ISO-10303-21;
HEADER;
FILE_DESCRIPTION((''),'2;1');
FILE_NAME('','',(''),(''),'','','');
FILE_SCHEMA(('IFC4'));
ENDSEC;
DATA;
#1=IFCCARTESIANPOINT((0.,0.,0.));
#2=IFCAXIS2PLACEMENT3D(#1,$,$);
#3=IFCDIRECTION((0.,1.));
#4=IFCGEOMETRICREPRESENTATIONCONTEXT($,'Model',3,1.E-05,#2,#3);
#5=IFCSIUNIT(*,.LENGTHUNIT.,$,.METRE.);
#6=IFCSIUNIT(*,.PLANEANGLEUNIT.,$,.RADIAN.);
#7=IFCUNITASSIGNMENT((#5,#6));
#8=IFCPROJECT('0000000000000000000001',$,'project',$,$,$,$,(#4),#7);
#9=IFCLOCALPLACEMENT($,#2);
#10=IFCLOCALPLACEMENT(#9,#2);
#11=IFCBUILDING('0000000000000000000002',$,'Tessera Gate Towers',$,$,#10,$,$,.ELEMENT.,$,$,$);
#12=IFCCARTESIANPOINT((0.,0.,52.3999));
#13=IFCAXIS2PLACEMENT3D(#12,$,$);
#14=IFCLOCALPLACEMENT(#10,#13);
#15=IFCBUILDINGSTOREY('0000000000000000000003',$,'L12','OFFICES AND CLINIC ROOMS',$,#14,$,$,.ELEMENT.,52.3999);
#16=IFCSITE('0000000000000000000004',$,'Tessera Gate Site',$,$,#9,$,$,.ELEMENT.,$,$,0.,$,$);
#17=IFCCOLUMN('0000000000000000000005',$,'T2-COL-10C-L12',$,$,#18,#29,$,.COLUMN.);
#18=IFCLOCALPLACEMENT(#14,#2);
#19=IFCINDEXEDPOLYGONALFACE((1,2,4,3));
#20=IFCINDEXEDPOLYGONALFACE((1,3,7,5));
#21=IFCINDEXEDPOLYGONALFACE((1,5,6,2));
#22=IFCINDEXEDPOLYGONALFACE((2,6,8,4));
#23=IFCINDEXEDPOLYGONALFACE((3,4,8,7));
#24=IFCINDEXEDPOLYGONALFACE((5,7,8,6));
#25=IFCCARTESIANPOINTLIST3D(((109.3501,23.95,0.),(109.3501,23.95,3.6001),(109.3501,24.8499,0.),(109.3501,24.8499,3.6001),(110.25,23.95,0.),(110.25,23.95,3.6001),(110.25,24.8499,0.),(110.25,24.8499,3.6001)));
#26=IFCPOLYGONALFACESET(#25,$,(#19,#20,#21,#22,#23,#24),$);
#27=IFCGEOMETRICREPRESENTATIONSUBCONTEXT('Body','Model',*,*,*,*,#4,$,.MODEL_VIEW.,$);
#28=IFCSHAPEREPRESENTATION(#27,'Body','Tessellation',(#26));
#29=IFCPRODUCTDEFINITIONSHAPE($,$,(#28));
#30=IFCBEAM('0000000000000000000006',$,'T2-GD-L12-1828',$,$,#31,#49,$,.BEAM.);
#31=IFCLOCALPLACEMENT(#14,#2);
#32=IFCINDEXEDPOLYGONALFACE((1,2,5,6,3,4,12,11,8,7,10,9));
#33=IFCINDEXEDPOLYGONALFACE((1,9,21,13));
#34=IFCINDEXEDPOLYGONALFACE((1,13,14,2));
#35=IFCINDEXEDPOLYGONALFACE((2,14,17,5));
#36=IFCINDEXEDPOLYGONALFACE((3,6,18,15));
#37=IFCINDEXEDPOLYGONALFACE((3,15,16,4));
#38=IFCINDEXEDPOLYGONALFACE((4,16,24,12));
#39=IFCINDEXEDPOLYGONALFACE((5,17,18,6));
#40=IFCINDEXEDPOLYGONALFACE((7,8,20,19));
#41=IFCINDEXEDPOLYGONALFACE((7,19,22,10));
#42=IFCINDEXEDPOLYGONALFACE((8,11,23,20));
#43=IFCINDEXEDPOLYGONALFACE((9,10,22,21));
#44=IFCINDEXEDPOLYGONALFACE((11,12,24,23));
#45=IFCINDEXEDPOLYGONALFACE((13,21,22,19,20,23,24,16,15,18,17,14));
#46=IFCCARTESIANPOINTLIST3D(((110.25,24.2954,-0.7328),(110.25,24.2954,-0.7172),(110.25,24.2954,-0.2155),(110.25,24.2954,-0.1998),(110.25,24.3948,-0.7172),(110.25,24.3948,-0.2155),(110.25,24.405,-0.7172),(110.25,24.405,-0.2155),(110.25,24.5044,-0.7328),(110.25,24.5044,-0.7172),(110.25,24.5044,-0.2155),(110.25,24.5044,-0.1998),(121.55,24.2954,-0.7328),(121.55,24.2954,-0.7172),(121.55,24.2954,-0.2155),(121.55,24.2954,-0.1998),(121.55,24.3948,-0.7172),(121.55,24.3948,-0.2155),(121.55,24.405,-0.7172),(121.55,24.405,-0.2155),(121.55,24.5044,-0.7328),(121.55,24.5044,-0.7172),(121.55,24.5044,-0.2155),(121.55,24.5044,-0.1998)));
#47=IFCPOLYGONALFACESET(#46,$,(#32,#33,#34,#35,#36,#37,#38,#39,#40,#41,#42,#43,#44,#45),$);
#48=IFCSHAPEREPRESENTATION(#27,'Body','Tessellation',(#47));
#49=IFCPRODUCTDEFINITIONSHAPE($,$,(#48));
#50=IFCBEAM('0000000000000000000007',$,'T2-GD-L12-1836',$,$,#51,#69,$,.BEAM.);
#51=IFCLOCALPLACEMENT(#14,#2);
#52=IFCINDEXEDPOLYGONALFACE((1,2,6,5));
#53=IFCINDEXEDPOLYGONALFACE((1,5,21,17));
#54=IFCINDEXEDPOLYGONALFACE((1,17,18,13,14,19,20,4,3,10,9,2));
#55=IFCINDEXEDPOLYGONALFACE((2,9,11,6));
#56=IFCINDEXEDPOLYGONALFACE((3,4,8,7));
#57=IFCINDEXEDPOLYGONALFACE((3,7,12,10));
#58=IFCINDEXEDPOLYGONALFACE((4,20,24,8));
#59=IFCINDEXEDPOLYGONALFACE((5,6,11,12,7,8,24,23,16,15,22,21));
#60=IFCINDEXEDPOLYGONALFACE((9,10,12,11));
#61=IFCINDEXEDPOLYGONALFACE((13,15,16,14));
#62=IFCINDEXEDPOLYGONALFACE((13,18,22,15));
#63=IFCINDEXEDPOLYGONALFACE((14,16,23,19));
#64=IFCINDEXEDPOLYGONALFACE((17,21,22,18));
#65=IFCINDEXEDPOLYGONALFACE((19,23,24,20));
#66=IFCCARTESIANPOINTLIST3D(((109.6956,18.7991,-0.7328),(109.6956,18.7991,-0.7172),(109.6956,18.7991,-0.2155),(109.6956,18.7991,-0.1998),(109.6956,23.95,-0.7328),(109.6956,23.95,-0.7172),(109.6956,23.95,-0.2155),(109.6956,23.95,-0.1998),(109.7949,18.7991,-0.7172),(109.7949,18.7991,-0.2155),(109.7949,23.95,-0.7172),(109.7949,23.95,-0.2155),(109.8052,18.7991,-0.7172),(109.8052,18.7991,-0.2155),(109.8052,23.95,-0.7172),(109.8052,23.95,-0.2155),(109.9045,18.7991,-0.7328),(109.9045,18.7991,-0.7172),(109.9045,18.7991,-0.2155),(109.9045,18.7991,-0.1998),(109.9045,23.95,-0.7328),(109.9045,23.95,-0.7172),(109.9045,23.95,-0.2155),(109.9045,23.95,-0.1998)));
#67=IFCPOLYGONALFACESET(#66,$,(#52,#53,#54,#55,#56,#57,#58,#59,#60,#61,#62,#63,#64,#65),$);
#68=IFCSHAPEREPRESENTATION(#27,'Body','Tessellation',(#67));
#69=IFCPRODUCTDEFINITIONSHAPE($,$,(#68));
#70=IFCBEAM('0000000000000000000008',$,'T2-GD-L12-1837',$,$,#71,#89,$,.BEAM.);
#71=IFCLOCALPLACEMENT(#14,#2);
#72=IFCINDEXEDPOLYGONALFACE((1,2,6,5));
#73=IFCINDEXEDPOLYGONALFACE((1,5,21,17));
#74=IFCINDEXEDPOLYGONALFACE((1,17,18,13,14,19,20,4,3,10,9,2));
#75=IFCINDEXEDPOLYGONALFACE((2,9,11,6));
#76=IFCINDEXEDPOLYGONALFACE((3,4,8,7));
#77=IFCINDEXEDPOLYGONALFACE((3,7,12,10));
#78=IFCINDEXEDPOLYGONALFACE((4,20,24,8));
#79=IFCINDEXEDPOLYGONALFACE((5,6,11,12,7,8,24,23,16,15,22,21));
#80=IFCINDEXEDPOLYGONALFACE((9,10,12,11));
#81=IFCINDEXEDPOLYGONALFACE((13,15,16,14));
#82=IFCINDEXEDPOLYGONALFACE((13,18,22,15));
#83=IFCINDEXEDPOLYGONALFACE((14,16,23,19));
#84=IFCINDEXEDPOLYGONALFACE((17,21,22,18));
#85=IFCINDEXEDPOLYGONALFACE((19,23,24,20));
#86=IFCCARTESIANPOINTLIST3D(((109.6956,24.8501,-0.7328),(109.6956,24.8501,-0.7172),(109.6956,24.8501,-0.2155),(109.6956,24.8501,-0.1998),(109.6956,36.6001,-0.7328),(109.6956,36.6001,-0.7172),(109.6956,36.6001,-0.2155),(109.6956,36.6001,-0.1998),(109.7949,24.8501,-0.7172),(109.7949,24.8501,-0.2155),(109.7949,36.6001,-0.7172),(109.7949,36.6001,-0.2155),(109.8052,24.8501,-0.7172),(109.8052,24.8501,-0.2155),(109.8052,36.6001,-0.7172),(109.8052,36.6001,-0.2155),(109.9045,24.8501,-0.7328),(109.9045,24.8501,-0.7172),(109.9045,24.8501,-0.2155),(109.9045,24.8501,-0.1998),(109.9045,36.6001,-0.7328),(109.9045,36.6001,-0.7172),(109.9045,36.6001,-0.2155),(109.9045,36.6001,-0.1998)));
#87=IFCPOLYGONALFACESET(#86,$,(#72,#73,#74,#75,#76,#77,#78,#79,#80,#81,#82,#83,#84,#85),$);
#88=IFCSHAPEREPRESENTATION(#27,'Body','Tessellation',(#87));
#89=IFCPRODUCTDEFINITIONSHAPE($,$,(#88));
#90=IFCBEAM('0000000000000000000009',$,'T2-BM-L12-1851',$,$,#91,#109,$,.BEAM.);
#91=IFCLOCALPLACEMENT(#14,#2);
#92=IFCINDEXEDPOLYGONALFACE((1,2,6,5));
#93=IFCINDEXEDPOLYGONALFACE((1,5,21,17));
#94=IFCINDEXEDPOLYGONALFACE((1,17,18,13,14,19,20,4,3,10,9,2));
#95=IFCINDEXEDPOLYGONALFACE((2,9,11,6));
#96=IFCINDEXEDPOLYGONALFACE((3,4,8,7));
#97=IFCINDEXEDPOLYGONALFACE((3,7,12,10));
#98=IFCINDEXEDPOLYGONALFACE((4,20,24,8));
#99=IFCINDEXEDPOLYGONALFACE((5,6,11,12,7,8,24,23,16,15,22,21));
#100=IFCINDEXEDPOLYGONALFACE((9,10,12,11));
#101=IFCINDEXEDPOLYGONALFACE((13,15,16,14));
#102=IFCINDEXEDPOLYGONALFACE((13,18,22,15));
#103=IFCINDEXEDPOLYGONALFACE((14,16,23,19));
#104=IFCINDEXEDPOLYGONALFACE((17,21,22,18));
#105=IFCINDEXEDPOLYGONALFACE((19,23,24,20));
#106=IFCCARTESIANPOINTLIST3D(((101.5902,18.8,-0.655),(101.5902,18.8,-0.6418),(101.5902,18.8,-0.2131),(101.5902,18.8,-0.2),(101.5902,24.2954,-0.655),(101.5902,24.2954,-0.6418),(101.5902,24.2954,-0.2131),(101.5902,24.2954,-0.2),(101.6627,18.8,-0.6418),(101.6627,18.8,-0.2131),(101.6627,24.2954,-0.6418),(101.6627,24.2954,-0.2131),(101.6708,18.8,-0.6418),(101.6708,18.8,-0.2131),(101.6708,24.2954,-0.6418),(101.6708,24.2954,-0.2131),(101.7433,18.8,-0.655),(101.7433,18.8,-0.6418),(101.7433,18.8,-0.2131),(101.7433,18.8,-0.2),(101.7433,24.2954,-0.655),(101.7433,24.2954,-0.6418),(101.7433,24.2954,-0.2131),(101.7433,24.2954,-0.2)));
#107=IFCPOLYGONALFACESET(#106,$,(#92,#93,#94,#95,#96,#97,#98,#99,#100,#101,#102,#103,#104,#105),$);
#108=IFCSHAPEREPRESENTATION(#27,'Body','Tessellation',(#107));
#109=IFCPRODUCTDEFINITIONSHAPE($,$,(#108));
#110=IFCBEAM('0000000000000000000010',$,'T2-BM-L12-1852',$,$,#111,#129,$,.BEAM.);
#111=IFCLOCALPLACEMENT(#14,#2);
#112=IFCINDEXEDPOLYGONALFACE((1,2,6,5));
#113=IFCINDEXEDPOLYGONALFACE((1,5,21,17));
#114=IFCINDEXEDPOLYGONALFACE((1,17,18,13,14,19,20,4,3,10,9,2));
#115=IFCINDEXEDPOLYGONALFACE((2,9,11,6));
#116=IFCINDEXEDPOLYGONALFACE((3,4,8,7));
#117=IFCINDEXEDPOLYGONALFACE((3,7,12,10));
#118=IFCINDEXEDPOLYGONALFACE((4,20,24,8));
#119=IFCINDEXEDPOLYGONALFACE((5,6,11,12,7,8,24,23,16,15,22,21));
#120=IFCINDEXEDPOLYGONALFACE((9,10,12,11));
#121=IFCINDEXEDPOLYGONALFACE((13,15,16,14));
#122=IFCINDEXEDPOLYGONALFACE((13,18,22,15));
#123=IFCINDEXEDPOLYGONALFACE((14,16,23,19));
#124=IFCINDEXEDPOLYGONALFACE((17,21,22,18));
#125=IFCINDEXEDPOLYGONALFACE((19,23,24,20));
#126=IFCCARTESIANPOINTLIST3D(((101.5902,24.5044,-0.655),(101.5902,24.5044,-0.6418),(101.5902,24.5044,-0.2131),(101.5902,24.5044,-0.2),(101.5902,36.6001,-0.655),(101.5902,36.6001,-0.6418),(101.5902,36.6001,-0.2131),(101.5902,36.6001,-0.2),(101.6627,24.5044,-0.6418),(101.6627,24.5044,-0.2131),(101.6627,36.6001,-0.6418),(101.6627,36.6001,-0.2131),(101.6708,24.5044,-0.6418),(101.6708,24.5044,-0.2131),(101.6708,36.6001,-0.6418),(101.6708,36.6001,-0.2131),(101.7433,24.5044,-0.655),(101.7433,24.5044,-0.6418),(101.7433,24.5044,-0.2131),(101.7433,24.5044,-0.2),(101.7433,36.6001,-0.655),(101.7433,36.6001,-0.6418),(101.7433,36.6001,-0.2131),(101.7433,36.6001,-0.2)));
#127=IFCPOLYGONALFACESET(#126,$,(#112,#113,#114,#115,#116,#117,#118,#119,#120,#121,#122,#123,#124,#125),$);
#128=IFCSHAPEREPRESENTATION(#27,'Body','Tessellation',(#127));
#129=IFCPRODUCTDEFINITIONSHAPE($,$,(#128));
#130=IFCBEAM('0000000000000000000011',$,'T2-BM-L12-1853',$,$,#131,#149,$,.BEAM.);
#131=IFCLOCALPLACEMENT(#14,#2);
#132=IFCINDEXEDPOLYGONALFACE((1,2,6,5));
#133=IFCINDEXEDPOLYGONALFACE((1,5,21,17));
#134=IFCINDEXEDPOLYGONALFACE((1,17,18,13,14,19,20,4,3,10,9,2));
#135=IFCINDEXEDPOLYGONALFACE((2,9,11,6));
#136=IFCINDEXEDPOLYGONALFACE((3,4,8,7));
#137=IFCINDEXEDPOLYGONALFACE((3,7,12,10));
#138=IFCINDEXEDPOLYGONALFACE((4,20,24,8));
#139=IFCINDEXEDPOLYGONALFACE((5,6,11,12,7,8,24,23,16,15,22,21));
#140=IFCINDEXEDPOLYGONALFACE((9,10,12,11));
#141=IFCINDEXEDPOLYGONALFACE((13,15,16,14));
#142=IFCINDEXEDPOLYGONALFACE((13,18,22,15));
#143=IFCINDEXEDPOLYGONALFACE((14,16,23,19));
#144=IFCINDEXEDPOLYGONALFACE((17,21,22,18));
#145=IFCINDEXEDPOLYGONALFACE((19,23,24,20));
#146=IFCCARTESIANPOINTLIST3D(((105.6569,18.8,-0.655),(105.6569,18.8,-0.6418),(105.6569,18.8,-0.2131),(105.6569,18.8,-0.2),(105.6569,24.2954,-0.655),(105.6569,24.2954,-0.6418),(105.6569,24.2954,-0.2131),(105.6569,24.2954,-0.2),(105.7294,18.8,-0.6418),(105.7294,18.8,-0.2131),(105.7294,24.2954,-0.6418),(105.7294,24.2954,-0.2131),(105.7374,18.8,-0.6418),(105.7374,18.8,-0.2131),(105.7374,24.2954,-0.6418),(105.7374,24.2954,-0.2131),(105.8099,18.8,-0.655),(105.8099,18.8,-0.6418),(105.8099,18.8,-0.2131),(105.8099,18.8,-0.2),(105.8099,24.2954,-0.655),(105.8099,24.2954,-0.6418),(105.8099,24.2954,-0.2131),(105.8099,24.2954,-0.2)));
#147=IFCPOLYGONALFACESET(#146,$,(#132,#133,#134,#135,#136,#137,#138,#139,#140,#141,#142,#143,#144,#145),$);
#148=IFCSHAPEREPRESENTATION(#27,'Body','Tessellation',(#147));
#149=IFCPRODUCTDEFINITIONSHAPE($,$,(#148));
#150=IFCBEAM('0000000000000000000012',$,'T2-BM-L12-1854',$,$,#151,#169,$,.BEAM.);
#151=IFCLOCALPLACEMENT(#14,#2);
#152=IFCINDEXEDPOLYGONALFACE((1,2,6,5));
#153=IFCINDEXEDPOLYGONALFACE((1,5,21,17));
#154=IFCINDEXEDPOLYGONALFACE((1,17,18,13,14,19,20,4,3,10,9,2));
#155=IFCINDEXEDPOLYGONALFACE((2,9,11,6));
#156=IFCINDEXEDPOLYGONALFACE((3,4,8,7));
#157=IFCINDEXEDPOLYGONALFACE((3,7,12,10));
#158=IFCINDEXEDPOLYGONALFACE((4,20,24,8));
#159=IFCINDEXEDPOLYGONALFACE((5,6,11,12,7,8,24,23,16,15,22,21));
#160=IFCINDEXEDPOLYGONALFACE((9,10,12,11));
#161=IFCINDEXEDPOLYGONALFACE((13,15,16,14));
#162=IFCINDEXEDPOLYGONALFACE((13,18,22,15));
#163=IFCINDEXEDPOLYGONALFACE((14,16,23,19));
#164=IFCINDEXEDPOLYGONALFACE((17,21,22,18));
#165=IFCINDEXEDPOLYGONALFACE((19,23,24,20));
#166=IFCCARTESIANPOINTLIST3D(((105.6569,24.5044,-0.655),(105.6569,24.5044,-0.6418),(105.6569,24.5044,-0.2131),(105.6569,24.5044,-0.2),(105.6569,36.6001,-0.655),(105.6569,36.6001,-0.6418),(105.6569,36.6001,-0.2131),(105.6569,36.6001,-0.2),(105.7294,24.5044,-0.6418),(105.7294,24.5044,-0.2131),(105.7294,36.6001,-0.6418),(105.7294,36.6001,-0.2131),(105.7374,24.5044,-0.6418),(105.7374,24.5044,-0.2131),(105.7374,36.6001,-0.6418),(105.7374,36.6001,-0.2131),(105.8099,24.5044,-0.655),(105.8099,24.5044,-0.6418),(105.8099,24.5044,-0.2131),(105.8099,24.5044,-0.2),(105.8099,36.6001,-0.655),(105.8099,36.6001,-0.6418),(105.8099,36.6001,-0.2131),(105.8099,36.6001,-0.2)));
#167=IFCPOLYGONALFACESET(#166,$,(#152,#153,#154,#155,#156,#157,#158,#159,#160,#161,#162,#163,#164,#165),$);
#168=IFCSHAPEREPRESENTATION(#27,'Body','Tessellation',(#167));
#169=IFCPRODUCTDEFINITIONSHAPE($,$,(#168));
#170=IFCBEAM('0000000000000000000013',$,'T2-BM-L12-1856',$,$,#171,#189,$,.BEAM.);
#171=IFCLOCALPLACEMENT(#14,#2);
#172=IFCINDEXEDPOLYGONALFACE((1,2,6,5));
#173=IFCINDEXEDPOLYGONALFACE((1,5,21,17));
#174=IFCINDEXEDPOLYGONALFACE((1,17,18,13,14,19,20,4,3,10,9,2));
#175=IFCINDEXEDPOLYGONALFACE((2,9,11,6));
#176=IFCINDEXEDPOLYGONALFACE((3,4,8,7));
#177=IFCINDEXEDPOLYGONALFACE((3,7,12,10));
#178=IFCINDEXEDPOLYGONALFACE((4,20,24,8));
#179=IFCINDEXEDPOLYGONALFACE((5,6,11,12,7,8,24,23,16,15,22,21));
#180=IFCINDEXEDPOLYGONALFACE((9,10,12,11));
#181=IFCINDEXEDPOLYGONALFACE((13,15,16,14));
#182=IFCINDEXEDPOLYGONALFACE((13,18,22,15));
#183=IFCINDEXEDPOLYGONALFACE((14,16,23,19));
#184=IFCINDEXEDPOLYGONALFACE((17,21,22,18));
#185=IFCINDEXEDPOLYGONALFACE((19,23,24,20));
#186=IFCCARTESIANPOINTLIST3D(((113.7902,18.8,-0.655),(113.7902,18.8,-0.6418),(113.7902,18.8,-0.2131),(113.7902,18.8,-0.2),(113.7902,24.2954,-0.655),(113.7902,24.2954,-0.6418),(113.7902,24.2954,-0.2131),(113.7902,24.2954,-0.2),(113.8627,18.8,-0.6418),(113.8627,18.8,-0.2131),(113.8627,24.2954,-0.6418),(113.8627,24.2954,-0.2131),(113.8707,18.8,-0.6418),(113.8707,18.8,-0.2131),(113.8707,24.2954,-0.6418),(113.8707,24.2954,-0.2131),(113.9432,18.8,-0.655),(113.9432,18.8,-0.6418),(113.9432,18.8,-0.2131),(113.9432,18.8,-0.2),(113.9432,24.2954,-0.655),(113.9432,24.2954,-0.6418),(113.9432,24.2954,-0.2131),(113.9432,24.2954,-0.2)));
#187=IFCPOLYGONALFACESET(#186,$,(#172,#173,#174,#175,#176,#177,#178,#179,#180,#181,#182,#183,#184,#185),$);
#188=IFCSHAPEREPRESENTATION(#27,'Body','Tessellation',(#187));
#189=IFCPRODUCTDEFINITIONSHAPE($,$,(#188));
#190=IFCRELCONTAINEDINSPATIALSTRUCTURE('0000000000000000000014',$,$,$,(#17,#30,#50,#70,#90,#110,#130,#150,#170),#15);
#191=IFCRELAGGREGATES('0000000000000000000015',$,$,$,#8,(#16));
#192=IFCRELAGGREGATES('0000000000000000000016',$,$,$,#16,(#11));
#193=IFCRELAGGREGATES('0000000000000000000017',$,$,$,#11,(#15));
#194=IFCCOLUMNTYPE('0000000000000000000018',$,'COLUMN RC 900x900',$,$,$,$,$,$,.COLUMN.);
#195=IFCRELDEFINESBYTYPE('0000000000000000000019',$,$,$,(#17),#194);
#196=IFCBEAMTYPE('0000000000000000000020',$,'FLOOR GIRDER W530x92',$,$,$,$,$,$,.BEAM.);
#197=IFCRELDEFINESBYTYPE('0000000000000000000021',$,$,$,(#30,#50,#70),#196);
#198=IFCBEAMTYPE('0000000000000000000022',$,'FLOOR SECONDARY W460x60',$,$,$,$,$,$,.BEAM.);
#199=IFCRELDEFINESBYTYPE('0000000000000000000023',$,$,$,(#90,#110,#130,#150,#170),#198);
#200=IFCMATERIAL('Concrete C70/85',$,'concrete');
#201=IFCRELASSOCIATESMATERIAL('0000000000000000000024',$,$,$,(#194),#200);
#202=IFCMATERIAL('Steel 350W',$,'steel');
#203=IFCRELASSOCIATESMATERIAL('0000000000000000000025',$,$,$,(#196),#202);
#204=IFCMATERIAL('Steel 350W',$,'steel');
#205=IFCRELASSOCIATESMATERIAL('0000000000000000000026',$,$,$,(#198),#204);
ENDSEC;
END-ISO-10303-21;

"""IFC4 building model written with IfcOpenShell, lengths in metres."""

from ifc_helpers import new_model, si_unit, direction, frame, origin, origin_2d, place, context, subcontext, project, spatial, rectangle, i_section, extrude, material, material_profile, profile_set, type_object, element, save


model = new_model("IFC4")

# Units and contexts
model_context = context("Model", 3, precision=1e-05, world=origin(), true_north=direction((0.0, 1.0)))
body_context = subcontext(model_context, "Body", "Model", "MODEL_VIEW")
ifc_project = project(units=[si_unit("LENGTHUNIT", "METRE"), si_unit("PLANEANGLEUNIT", "RADIAN")], contexts=[model_context])

# Site, building, storey
site_placement = place(None, origin())
site = spatial("IfcSite", under=ifc_project, at=site_placement, Name="Tessera Gate Site", CompositionType="ELEMENT", RefElevation=0.0)
building_placement = place(site_placement, origin())
building = spatial("IfcBuilding", under=site, at=building_placement, Name="Tessera Gate Towers", CompositionType="ELEMENT")
storey_placement = place(building_placement, frame((0.0, 0.0, 52.3999)))
storey = spatial("IfcBuildingStorey", under=building, at=storey_placement, Name="L12", Description="OFFICES AND CLINIC ROOMS", CompositionType="ELEMENT", Elevation=52.3999)

# Column
ifc_material_1 = material(Name="Concrete C70/85", Category="concrete")
ifc_material_profile_1 = material_profile(ifc_material_1, rectangle(XDim=0.8999, YDim=0.8999, at=origin_2d()), Name="RC 900x900")
ifc_profile_set_1 = profile_set([ifc_material_profile_1], Name="Concrete C70/85")
column_type = type_object("IfcColumnType", Name="COLUMN RC 900x900", PredefinedType="COLUMN", material=ifc_profile_set_1)
column_placement = place(storey_placement, frame((109.8, 24.3999, 0.0), z_axis=(0.0, 0.0, 1.0), x_axis=(1.0, 0.0, 0.0)))
element("IfcColumn", 1, at=column_placement, inside=storey, type_object=column_type, Name="T2-COL-10C-L12", PredefinedType="COLUMN", context=body_context, shape_type="SweptSolid", body=[
    extrude(rectangle(XDim=0.8999, YDim=0.8999, at=origin_2d()), origin(), (0.0, 0.0, 1.0), 3.6001),
])

# Beams
ifc_material_2 = material(Name="Steel 350W", Category="steel")
ifc_material_profile_2 = material_profile(ifc_material_2, i_section(OverallWidth=0.209, OverallDepth=0.533, WebThickness=0.0103, FlangeThickness=0.0156, at=origin_2d()), Name="W530x92")
ifc_profile_set_2 = profile_set([ifc_material_profile_2], Name="Steel 350W")
beam_type_1 = type_object("IfcBeamType", Name="FLOOR GIRDER W530x92", PredefinedType="BEAM", material=ifc_profile_set_2)
beam_1_placement = place(storey_placement, frame((110.25, 24.3999, -0.4663), z_axis=(1.0, 0.0, 0.0), x_axis=(0.0, 1.0, 0.0)))
element("IfcBeam", 2, at=beam_1_placement, inside=storey, type_object=beam_type_1, Name="T2-GD-L12-1828", PredefinedType="BEAM", context=body_context, shape_type="SweptSolid", body=[
    extrude(i_section(OverallWidth=0.209, OverallDepth=0.533, WebThickness=0.0103, FlangeThickness=0.0156, at=origin_2d()), origin(), (0.0, 0.0, 1.0), 11.3),
])
beam_2_placement = place(storey_placement, frame((109.8, 18.7991, -0.4663), z_axis=(0.0, 1.0, 0.0), x_axis=(-1.0, 0.0, 0.0)))
element("IfcBeam", 3, at=beam_2_placement, inside=storey, type_object=beam_type_1, Name="T2-GD-L12-1836", PredefinedType="BEAM", context=body_context, shape_type="SweptSolid", body=[
    extrude(i_section(OverallWidth=0.209, OverallDepth=0.533, WebThickness=0.0103, FlangeThickness=0.0156, at=origin_2d()), origin(), (0.0, 0.0, 1.0), 5.1509),
])
beam_3_placement = place(storey_placement, frame((109.8, 24.8501, -0.4663), z_axis=(0.0, 1.0, 0.0), x_axis=(-1.0, 0.0, 0.0)))
element("IfcBeam", 4, at=beam_3_placement, inside=storey, type_object=beam_type_1, Name="T2-GD-L12-1837", PredefinedType="BEAM", context=body_context, shape_type="SweptSolid", body=[
    extrude(i_section(OverallWidth=0.209, OverallDepth=0.533, WebThickness=0.0103, FlangeThickness=0.0156, at=origin_2d()), origin(), (0.0, 0.0, 1.0), 11.75),
])
ifc_material_3 = material(Name="Steel 350W", Category="steel")
ifc_material_profile_3 = material_profile(ifc_material_3, i_section(OverallWidth=0.1531, OverallDepth=0.4551, WebThickness=0.0081, FlangeThickness=0.0132, at=origin_2d()), Name="W460x60")
ifc_profile_set_3 = profile_set([ifc_material_profile_3], Name="Steel 350W")
beam_type_2 = type_object("IfcBeamType", Name="FLOOR SECONDARY W460x60", PredefinedType="BEAM", material=ifc_profile_set_3)
beam_4_placement = place(storey_placement, frame((101.6667, 18.8, -0.4275), z_axis=(0.0, 1.0, 0.0), x_axis=(-1.0, 0.0, 0.0)))
element("IfcBeam", 5, at=beam_4_placement, inside=storey, type_object=beam_type_2, Name="T2-BM-L12-1851", PredefinedType="BEAM", context=body_context, shape_type="SweptSolid", body=[
    extrude(i_section(OverallWidth=0.1531, OverallDepth=0.4551, WebThickness=0.0081, FlangeThickness=0.0132, at=origin_2d()), origin(), (0.0, 0.0, 1.0), 5.4954),
])
beam_5_placement = place(storey_placement, frame((101.6667, 24.5044, -0.4275), z_axis=(0.0, 1.0, 0.0), x_axis=(-1.0, 0.0, 0.0)))
element("IfcBeam", 6, at=beam_5_placement, inside=storey, type_object=beam_type_2, Name="T2-BM-L12-1852", PredefinedType="BEAM", context=body_context, shape_type="SweptSolid", body=[
    extrude(i_section(OverallWidth=0.1531, OverallDepth=0.4551, WebThickness=0.0081, FlangeThickness=0.0132, at=origin_2d()), origin(), (0.0, 0.0, 1.0), 12.0957),
])
beam_6_placement = place(storey_placement, frame((105.7334, 18.8, -0.4275), z_axis=(0.0, 1.0, 0.0), x_axis=(-1.0, 0.0, 0.0)))
element("IfcBeam", 7, at=beam_6_placement, inside=storey, type_object=beam_type_2, Name="T2-BM-L12-1853", PredefinedType="BEAM", context=body_context, shape_type="SweptSolid", body=[
    extrude(i_section(OverallWidth=0.1531, OverallDepth=0.4551, WebThickness=0.0081, FlangeThickness=0.0132, at=origin_2d()), origin(), (0.0, 0.0, 1.0), 5.4954),
])
beam_7_placement = place(storey_placement, frame((105.7334, 24.5044, -0.4275), z_axis=(0.0, 1.0, 0.0), x_axis=(-1.0, 0.0, 0.0)))
element("IfcBeam", 8, at=beam_7_placement, inside=storey, type_object=beam_type_2, Name="T2-BM-L12-1854", PredefinedType="BEAM", context=body_context, shape_type="SweptSolid", body=[
    extrude(i_section(OverallWidth=0.1531, OverallDepth=0.4551, WebThickness=0.0081, FlangeThickness=0.0132, at=origin_2d()), origin(), (0.0, 0.0, 1.0), 12.0957),
])
beam_8_placement = place(storey_placement, frame((113.8667, 18.8, -0.4275), z_axis=(0.0, 1.0, 0.0), x_axis=(-1.0, 0.0, 0.0)))
element("IfcBeam", 9, at=beam_8_placement, inside=storey, type_object=beam_type_2, Name="T2-BM-L12-1856", PredefinedType="BEAM", context=body_context, shape_type="SweptSolid", body=[
    extrude(i_section(OverallWidth=0.1531, OverallDepth=0.4551, WebThickness=0.0081, FlangeThickness=0.0132, at=origin_2d()), origin(), (0.0, 0.0, 1.0), 5.4954),
])

save(model, "model.ifc")
